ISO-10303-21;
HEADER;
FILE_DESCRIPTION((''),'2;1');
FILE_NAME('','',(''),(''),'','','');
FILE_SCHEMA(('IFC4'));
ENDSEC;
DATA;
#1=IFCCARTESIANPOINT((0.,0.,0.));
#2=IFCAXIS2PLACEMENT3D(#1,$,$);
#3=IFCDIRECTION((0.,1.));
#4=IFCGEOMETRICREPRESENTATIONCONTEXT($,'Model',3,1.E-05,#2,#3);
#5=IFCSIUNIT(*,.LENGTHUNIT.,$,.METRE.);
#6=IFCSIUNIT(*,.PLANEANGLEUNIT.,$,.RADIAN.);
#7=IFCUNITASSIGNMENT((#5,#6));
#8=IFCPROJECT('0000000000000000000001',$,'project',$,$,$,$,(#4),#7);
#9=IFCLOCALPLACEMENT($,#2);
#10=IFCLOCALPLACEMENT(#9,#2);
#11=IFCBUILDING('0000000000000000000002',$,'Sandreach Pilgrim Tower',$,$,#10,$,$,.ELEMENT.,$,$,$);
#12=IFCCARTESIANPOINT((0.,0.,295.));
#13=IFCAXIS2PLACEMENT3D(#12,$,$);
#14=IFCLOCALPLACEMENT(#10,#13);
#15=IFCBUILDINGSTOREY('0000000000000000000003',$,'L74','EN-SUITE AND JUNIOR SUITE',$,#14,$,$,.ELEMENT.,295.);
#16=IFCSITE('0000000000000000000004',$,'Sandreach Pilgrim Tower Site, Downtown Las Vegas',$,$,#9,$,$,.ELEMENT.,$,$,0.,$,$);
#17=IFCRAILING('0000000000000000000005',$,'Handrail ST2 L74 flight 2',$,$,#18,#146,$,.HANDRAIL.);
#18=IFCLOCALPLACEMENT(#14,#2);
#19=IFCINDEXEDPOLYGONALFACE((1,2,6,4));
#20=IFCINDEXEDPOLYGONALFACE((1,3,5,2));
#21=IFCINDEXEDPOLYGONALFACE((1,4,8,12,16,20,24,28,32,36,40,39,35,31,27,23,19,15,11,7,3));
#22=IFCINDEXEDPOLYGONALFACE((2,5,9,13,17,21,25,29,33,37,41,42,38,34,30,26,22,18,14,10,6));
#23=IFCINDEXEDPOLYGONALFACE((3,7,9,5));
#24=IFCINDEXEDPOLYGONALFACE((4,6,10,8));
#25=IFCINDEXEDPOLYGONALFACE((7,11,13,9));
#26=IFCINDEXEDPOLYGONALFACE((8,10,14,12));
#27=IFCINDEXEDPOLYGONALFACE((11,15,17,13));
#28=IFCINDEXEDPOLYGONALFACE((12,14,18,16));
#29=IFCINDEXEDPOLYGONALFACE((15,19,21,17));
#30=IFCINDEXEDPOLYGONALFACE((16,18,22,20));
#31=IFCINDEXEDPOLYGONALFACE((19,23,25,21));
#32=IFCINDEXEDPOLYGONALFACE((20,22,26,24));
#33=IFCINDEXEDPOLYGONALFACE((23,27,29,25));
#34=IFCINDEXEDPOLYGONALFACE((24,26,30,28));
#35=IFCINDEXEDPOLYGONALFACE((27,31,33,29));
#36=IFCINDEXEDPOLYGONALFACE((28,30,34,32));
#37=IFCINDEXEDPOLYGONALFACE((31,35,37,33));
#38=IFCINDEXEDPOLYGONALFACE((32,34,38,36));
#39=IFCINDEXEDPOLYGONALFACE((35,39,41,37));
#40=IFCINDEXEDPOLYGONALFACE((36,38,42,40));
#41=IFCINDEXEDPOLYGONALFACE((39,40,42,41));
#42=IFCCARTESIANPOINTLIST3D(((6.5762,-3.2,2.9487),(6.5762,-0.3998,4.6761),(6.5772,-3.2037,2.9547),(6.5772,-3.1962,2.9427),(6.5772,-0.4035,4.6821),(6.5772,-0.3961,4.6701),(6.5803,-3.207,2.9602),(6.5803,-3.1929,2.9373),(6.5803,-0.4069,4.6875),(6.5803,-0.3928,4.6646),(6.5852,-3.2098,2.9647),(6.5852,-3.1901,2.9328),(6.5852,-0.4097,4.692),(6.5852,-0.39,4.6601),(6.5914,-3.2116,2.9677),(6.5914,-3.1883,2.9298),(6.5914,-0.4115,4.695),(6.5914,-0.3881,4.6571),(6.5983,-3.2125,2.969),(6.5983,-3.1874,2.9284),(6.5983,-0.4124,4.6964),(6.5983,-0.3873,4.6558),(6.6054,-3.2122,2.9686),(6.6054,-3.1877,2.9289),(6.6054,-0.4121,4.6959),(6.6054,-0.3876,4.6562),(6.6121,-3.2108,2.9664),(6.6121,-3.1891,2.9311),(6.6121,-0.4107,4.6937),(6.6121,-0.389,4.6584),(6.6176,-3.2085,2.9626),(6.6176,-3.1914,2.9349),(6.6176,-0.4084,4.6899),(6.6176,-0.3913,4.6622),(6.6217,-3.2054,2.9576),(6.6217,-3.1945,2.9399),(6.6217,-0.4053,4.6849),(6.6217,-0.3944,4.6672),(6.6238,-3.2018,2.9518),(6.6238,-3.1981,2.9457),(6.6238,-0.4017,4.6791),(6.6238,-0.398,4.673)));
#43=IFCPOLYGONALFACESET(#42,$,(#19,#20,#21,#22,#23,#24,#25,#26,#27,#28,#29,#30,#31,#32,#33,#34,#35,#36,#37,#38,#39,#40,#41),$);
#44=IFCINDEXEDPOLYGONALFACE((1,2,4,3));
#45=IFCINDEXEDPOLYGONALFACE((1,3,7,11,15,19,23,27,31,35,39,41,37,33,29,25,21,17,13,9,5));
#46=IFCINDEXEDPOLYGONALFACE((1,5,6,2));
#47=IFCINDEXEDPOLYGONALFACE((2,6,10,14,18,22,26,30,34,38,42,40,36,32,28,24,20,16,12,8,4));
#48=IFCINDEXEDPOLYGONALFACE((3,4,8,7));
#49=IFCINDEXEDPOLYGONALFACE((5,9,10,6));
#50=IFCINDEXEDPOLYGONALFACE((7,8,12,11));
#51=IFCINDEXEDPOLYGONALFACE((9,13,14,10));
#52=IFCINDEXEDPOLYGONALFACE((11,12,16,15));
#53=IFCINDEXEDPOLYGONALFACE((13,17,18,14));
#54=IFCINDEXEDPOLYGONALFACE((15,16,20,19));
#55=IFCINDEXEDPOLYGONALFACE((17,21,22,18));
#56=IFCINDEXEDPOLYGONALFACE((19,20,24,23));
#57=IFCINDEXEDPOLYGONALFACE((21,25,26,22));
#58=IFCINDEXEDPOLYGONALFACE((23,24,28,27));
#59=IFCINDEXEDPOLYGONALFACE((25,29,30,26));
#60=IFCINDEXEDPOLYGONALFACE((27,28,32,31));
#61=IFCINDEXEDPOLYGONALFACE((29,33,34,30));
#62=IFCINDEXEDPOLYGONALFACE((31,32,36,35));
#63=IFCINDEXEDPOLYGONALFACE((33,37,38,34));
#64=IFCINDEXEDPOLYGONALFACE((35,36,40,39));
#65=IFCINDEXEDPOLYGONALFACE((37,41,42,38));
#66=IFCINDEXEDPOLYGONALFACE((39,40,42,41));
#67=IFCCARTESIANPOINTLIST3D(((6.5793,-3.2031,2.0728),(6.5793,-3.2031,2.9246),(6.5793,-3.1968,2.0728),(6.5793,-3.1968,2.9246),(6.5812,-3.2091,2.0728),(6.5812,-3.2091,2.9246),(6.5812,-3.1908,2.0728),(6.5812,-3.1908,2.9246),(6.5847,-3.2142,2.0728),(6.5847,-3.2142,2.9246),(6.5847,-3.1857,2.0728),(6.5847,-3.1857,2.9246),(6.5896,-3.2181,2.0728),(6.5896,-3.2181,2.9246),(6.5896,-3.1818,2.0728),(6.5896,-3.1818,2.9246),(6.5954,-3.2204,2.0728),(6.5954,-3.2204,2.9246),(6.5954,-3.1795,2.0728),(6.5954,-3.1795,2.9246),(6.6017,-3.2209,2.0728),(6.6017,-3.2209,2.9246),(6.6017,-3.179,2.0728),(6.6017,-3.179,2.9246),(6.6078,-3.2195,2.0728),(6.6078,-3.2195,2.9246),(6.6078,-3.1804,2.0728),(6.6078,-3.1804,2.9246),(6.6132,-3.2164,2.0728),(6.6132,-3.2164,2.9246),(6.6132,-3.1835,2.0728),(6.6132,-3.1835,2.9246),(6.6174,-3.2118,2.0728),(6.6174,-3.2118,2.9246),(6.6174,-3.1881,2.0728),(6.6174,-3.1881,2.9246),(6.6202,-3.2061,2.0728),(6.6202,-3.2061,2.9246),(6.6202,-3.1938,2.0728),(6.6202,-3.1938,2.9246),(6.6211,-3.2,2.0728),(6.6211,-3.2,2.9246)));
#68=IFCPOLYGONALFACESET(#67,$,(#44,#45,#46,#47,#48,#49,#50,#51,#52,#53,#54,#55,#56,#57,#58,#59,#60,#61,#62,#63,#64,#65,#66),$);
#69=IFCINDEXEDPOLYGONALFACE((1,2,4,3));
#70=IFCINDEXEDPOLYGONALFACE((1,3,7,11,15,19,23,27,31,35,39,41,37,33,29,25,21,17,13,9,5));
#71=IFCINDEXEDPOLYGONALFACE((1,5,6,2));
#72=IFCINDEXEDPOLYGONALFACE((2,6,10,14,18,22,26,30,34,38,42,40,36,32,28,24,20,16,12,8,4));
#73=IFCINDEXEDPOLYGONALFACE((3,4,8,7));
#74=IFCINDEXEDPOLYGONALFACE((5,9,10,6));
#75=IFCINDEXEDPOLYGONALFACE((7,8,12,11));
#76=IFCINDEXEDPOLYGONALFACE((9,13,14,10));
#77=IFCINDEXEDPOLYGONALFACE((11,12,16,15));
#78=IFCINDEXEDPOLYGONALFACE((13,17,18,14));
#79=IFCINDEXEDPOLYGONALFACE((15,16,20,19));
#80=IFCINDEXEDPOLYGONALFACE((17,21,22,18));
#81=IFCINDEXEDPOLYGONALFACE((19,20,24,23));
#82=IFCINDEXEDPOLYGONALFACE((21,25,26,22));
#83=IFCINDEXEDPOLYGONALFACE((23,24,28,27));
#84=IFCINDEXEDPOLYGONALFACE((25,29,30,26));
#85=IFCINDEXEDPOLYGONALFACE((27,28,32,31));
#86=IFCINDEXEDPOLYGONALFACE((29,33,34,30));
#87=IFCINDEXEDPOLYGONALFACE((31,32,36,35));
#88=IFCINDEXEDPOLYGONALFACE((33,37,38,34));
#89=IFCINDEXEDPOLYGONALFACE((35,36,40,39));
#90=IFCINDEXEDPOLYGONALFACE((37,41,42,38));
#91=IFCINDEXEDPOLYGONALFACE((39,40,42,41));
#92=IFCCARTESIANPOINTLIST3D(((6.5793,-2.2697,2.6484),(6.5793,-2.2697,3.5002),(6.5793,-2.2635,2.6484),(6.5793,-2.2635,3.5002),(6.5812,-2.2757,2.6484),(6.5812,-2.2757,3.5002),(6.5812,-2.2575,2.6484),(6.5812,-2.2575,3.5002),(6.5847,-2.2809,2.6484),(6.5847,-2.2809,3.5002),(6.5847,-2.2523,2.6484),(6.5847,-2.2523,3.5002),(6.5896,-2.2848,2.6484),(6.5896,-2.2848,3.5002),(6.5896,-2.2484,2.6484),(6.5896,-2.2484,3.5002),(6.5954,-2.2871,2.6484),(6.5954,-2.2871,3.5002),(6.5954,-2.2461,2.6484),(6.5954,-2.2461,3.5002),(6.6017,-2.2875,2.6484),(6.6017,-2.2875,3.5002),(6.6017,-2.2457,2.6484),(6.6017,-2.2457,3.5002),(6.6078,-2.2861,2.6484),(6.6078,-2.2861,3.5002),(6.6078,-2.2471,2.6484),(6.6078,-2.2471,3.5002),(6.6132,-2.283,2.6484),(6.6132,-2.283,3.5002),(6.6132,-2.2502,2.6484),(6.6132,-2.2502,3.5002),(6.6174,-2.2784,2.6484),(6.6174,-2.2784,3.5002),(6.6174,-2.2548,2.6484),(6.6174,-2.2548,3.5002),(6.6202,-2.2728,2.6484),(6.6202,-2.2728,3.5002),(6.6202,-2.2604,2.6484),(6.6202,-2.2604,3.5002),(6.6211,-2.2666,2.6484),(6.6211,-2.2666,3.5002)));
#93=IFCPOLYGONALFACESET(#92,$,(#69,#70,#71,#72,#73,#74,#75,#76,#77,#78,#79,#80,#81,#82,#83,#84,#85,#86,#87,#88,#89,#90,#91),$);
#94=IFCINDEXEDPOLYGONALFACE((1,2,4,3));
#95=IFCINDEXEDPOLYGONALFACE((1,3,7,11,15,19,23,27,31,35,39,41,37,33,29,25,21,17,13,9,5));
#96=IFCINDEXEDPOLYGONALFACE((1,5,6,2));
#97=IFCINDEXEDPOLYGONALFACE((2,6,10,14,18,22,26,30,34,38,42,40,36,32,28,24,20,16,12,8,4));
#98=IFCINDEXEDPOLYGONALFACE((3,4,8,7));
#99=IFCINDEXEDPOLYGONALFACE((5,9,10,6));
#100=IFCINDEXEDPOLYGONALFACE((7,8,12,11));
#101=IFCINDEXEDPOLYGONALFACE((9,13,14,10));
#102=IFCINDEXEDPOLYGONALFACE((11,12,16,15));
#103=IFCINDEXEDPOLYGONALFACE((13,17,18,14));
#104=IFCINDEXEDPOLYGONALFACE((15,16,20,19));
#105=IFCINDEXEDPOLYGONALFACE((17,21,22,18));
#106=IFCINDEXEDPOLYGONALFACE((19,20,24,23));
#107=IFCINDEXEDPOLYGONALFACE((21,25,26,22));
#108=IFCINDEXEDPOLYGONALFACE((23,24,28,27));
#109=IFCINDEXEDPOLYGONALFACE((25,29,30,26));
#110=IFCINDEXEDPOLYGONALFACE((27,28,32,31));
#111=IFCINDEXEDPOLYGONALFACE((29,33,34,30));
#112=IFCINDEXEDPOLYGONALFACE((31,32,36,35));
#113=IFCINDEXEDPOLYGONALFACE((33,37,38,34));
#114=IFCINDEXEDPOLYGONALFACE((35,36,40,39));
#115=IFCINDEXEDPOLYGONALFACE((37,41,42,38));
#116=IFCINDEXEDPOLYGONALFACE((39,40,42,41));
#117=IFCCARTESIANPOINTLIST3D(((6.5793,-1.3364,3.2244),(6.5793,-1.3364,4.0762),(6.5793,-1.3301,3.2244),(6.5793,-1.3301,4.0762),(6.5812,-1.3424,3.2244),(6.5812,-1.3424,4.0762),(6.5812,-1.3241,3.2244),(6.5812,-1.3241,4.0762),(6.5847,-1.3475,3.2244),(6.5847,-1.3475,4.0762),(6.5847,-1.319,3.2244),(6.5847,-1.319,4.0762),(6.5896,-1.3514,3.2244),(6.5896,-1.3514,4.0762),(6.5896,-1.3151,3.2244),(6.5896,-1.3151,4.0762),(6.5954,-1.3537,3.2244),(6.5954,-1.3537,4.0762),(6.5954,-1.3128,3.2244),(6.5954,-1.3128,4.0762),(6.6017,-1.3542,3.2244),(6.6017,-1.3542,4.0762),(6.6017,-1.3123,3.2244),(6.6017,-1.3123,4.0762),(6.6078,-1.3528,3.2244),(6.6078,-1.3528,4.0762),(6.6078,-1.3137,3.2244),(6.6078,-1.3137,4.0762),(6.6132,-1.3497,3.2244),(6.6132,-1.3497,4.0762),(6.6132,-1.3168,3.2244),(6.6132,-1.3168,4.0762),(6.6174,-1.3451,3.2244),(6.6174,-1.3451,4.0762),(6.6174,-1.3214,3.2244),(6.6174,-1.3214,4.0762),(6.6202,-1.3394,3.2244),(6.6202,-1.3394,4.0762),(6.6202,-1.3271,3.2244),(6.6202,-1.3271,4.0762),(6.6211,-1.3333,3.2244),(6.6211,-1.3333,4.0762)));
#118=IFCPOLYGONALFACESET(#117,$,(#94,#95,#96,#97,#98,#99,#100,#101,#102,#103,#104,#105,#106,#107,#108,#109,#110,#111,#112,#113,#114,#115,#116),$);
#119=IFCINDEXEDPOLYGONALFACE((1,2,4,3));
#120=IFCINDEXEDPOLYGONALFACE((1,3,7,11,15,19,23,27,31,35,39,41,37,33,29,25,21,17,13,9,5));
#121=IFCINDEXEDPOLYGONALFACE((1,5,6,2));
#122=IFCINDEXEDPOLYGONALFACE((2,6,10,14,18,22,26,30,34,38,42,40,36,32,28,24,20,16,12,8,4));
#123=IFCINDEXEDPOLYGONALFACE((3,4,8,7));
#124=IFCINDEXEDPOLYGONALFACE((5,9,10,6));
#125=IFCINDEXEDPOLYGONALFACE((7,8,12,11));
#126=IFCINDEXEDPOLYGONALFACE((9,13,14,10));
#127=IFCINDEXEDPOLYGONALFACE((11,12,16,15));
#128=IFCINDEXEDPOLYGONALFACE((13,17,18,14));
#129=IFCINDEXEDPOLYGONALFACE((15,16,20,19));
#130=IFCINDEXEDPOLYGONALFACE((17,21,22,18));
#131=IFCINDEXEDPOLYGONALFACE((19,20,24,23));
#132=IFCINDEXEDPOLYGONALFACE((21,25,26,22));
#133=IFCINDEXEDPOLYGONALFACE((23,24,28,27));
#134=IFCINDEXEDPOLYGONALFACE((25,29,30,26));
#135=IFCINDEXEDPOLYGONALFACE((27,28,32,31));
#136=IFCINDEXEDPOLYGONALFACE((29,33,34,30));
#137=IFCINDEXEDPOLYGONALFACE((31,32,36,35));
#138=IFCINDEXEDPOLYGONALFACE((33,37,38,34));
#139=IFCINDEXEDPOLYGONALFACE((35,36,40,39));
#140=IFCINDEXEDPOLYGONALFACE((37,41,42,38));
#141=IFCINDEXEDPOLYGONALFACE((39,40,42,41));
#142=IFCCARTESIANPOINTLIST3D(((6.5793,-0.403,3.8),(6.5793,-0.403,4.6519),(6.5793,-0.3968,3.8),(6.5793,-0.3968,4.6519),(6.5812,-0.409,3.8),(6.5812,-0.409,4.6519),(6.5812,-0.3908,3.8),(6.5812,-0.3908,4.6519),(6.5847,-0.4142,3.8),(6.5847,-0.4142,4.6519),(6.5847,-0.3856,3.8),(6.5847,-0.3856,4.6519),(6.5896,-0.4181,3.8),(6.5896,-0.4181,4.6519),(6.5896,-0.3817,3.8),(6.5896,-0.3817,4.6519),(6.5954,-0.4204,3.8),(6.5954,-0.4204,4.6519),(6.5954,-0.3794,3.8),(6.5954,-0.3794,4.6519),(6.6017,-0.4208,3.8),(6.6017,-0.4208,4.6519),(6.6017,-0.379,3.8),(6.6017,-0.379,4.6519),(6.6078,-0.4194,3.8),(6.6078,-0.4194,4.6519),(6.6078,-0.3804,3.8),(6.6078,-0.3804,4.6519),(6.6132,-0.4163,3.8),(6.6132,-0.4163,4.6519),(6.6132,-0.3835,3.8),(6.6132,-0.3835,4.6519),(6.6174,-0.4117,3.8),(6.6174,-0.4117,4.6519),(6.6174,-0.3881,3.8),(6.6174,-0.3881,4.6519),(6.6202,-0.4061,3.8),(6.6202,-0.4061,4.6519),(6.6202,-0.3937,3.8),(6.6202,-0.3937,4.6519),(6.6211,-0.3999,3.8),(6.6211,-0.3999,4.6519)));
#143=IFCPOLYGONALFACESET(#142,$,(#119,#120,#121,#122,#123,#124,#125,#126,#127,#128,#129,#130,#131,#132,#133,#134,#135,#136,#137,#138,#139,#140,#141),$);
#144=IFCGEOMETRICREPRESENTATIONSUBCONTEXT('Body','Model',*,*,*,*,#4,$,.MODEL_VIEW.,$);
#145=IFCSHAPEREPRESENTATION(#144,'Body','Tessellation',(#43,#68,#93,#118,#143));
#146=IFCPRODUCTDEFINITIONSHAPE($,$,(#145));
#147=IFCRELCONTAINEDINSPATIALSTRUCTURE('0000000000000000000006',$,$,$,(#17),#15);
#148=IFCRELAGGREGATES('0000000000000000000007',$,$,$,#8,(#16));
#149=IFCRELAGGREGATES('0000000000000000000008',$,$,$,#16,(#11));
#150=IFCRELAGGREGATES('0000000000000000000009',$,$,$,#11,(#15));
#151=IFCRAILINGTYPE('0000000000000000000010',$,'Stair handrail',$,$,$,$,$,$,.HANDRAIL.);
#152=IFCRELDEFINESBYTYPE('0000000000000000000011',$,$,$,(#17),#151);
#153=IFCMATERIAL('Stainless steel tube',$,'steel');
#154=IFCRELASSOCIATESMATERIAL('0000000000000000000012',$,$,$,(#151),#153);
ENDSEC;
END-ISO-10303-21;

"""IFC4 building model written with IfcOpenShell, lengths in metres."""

from ifc_helpers import new_model, si_unit, direction, frame, origin, origin_2d, place, context, subcontext, project, spatial, circle, extrude, material, type_object, element, save


model = new_model("IFC4")

# Units and contexts
model_context = context("Model", 3, precision=1e-05, world=origin(), true_north=direction((0.0, 1.0)))
body_context = subcontext(model_context, "Body", "Model", "MODEL_VIEW")
ifc_project = project(units=[si_unit("LENGTHUNIT", "METRE"), si_unit("PLANEANGLEUNIT", "RADIAN")], contexts=[model_context])

# Site, building, storey
site_placement = place(None, origin())
site = spatial("IfcSite", under=ifc_project, at=site_placement, Name="Sandreach Pilgrim Tower Site, Downtown Las Vegas", CompositionType="ELEMENT", RefElevation=0.0)
building_placement = place(site_placement, origin())
building = spatial("IfcBuilding", under=site, at=building_placement, Name="Sandreach Pilgrim Tower", CompositionType="ELEMENT")
storey_placement = place(building_placement, frame((0.0, 0.0, 295.0)))
storey = spatial("IfcBuildingStorey", under=building, at=storey_placement, Name="L74", Description="EN-SUITE AND JUNIOR SUITE", CompositionType="ELEMENT", Elevation=295.0)

# Railing
ifc_material_1 = material(Name="Stainless steel tube", Category="steel")
railing_type = type_object("IfcRailingType", Name="Stair handrail", PredefinedType="HANDRAIL", material=ifc_material_1)
railing_placement = place(storey_placement, frame((6.6001, -3.2, 2.0728)))
element("IfcRailing", 1, at=railing_placement, inside=storey, type_object=railing_type, Name="Handrail ST2 L74 flight 2", PredefinedType="HANDRAIL", context=body_context, shape_type="SweptSolid", body=[
    extrude(circle(Radius=0.0239, at=origin_2d()), frame((0.0, 0.0, 0.876), z_axis=(0.0, 0.85109, 0.52502), x_axis=(-1.0, 0.0, 0.0)), (0.0, 0.0, 1.0), 3.29),
    extrude(circle(Radius=0.021, at=origin_2d()), origin(), (0.0, 0.0, 1.0), 0.8518),
    extrude(circle(Radius=0.021, at=origin_2d()), frame((0.0, 0.9333, 0.5757)), (0.0, 0.0, 1.0), 0.8518),
    extrude(circle(Radius=0.021, at=origin_2d()), frame((0.0, 1.8667, 1.1516)), (0.0, 0.0, 1.0), 0.8518),
    extrude(circle(Radius=0.021, at=origin_2d()), frame((0.0, 2.8, 1.7273)), (0.0, 0.0, 1.0), 0.8518),
])

save(model, "model.ifc")
